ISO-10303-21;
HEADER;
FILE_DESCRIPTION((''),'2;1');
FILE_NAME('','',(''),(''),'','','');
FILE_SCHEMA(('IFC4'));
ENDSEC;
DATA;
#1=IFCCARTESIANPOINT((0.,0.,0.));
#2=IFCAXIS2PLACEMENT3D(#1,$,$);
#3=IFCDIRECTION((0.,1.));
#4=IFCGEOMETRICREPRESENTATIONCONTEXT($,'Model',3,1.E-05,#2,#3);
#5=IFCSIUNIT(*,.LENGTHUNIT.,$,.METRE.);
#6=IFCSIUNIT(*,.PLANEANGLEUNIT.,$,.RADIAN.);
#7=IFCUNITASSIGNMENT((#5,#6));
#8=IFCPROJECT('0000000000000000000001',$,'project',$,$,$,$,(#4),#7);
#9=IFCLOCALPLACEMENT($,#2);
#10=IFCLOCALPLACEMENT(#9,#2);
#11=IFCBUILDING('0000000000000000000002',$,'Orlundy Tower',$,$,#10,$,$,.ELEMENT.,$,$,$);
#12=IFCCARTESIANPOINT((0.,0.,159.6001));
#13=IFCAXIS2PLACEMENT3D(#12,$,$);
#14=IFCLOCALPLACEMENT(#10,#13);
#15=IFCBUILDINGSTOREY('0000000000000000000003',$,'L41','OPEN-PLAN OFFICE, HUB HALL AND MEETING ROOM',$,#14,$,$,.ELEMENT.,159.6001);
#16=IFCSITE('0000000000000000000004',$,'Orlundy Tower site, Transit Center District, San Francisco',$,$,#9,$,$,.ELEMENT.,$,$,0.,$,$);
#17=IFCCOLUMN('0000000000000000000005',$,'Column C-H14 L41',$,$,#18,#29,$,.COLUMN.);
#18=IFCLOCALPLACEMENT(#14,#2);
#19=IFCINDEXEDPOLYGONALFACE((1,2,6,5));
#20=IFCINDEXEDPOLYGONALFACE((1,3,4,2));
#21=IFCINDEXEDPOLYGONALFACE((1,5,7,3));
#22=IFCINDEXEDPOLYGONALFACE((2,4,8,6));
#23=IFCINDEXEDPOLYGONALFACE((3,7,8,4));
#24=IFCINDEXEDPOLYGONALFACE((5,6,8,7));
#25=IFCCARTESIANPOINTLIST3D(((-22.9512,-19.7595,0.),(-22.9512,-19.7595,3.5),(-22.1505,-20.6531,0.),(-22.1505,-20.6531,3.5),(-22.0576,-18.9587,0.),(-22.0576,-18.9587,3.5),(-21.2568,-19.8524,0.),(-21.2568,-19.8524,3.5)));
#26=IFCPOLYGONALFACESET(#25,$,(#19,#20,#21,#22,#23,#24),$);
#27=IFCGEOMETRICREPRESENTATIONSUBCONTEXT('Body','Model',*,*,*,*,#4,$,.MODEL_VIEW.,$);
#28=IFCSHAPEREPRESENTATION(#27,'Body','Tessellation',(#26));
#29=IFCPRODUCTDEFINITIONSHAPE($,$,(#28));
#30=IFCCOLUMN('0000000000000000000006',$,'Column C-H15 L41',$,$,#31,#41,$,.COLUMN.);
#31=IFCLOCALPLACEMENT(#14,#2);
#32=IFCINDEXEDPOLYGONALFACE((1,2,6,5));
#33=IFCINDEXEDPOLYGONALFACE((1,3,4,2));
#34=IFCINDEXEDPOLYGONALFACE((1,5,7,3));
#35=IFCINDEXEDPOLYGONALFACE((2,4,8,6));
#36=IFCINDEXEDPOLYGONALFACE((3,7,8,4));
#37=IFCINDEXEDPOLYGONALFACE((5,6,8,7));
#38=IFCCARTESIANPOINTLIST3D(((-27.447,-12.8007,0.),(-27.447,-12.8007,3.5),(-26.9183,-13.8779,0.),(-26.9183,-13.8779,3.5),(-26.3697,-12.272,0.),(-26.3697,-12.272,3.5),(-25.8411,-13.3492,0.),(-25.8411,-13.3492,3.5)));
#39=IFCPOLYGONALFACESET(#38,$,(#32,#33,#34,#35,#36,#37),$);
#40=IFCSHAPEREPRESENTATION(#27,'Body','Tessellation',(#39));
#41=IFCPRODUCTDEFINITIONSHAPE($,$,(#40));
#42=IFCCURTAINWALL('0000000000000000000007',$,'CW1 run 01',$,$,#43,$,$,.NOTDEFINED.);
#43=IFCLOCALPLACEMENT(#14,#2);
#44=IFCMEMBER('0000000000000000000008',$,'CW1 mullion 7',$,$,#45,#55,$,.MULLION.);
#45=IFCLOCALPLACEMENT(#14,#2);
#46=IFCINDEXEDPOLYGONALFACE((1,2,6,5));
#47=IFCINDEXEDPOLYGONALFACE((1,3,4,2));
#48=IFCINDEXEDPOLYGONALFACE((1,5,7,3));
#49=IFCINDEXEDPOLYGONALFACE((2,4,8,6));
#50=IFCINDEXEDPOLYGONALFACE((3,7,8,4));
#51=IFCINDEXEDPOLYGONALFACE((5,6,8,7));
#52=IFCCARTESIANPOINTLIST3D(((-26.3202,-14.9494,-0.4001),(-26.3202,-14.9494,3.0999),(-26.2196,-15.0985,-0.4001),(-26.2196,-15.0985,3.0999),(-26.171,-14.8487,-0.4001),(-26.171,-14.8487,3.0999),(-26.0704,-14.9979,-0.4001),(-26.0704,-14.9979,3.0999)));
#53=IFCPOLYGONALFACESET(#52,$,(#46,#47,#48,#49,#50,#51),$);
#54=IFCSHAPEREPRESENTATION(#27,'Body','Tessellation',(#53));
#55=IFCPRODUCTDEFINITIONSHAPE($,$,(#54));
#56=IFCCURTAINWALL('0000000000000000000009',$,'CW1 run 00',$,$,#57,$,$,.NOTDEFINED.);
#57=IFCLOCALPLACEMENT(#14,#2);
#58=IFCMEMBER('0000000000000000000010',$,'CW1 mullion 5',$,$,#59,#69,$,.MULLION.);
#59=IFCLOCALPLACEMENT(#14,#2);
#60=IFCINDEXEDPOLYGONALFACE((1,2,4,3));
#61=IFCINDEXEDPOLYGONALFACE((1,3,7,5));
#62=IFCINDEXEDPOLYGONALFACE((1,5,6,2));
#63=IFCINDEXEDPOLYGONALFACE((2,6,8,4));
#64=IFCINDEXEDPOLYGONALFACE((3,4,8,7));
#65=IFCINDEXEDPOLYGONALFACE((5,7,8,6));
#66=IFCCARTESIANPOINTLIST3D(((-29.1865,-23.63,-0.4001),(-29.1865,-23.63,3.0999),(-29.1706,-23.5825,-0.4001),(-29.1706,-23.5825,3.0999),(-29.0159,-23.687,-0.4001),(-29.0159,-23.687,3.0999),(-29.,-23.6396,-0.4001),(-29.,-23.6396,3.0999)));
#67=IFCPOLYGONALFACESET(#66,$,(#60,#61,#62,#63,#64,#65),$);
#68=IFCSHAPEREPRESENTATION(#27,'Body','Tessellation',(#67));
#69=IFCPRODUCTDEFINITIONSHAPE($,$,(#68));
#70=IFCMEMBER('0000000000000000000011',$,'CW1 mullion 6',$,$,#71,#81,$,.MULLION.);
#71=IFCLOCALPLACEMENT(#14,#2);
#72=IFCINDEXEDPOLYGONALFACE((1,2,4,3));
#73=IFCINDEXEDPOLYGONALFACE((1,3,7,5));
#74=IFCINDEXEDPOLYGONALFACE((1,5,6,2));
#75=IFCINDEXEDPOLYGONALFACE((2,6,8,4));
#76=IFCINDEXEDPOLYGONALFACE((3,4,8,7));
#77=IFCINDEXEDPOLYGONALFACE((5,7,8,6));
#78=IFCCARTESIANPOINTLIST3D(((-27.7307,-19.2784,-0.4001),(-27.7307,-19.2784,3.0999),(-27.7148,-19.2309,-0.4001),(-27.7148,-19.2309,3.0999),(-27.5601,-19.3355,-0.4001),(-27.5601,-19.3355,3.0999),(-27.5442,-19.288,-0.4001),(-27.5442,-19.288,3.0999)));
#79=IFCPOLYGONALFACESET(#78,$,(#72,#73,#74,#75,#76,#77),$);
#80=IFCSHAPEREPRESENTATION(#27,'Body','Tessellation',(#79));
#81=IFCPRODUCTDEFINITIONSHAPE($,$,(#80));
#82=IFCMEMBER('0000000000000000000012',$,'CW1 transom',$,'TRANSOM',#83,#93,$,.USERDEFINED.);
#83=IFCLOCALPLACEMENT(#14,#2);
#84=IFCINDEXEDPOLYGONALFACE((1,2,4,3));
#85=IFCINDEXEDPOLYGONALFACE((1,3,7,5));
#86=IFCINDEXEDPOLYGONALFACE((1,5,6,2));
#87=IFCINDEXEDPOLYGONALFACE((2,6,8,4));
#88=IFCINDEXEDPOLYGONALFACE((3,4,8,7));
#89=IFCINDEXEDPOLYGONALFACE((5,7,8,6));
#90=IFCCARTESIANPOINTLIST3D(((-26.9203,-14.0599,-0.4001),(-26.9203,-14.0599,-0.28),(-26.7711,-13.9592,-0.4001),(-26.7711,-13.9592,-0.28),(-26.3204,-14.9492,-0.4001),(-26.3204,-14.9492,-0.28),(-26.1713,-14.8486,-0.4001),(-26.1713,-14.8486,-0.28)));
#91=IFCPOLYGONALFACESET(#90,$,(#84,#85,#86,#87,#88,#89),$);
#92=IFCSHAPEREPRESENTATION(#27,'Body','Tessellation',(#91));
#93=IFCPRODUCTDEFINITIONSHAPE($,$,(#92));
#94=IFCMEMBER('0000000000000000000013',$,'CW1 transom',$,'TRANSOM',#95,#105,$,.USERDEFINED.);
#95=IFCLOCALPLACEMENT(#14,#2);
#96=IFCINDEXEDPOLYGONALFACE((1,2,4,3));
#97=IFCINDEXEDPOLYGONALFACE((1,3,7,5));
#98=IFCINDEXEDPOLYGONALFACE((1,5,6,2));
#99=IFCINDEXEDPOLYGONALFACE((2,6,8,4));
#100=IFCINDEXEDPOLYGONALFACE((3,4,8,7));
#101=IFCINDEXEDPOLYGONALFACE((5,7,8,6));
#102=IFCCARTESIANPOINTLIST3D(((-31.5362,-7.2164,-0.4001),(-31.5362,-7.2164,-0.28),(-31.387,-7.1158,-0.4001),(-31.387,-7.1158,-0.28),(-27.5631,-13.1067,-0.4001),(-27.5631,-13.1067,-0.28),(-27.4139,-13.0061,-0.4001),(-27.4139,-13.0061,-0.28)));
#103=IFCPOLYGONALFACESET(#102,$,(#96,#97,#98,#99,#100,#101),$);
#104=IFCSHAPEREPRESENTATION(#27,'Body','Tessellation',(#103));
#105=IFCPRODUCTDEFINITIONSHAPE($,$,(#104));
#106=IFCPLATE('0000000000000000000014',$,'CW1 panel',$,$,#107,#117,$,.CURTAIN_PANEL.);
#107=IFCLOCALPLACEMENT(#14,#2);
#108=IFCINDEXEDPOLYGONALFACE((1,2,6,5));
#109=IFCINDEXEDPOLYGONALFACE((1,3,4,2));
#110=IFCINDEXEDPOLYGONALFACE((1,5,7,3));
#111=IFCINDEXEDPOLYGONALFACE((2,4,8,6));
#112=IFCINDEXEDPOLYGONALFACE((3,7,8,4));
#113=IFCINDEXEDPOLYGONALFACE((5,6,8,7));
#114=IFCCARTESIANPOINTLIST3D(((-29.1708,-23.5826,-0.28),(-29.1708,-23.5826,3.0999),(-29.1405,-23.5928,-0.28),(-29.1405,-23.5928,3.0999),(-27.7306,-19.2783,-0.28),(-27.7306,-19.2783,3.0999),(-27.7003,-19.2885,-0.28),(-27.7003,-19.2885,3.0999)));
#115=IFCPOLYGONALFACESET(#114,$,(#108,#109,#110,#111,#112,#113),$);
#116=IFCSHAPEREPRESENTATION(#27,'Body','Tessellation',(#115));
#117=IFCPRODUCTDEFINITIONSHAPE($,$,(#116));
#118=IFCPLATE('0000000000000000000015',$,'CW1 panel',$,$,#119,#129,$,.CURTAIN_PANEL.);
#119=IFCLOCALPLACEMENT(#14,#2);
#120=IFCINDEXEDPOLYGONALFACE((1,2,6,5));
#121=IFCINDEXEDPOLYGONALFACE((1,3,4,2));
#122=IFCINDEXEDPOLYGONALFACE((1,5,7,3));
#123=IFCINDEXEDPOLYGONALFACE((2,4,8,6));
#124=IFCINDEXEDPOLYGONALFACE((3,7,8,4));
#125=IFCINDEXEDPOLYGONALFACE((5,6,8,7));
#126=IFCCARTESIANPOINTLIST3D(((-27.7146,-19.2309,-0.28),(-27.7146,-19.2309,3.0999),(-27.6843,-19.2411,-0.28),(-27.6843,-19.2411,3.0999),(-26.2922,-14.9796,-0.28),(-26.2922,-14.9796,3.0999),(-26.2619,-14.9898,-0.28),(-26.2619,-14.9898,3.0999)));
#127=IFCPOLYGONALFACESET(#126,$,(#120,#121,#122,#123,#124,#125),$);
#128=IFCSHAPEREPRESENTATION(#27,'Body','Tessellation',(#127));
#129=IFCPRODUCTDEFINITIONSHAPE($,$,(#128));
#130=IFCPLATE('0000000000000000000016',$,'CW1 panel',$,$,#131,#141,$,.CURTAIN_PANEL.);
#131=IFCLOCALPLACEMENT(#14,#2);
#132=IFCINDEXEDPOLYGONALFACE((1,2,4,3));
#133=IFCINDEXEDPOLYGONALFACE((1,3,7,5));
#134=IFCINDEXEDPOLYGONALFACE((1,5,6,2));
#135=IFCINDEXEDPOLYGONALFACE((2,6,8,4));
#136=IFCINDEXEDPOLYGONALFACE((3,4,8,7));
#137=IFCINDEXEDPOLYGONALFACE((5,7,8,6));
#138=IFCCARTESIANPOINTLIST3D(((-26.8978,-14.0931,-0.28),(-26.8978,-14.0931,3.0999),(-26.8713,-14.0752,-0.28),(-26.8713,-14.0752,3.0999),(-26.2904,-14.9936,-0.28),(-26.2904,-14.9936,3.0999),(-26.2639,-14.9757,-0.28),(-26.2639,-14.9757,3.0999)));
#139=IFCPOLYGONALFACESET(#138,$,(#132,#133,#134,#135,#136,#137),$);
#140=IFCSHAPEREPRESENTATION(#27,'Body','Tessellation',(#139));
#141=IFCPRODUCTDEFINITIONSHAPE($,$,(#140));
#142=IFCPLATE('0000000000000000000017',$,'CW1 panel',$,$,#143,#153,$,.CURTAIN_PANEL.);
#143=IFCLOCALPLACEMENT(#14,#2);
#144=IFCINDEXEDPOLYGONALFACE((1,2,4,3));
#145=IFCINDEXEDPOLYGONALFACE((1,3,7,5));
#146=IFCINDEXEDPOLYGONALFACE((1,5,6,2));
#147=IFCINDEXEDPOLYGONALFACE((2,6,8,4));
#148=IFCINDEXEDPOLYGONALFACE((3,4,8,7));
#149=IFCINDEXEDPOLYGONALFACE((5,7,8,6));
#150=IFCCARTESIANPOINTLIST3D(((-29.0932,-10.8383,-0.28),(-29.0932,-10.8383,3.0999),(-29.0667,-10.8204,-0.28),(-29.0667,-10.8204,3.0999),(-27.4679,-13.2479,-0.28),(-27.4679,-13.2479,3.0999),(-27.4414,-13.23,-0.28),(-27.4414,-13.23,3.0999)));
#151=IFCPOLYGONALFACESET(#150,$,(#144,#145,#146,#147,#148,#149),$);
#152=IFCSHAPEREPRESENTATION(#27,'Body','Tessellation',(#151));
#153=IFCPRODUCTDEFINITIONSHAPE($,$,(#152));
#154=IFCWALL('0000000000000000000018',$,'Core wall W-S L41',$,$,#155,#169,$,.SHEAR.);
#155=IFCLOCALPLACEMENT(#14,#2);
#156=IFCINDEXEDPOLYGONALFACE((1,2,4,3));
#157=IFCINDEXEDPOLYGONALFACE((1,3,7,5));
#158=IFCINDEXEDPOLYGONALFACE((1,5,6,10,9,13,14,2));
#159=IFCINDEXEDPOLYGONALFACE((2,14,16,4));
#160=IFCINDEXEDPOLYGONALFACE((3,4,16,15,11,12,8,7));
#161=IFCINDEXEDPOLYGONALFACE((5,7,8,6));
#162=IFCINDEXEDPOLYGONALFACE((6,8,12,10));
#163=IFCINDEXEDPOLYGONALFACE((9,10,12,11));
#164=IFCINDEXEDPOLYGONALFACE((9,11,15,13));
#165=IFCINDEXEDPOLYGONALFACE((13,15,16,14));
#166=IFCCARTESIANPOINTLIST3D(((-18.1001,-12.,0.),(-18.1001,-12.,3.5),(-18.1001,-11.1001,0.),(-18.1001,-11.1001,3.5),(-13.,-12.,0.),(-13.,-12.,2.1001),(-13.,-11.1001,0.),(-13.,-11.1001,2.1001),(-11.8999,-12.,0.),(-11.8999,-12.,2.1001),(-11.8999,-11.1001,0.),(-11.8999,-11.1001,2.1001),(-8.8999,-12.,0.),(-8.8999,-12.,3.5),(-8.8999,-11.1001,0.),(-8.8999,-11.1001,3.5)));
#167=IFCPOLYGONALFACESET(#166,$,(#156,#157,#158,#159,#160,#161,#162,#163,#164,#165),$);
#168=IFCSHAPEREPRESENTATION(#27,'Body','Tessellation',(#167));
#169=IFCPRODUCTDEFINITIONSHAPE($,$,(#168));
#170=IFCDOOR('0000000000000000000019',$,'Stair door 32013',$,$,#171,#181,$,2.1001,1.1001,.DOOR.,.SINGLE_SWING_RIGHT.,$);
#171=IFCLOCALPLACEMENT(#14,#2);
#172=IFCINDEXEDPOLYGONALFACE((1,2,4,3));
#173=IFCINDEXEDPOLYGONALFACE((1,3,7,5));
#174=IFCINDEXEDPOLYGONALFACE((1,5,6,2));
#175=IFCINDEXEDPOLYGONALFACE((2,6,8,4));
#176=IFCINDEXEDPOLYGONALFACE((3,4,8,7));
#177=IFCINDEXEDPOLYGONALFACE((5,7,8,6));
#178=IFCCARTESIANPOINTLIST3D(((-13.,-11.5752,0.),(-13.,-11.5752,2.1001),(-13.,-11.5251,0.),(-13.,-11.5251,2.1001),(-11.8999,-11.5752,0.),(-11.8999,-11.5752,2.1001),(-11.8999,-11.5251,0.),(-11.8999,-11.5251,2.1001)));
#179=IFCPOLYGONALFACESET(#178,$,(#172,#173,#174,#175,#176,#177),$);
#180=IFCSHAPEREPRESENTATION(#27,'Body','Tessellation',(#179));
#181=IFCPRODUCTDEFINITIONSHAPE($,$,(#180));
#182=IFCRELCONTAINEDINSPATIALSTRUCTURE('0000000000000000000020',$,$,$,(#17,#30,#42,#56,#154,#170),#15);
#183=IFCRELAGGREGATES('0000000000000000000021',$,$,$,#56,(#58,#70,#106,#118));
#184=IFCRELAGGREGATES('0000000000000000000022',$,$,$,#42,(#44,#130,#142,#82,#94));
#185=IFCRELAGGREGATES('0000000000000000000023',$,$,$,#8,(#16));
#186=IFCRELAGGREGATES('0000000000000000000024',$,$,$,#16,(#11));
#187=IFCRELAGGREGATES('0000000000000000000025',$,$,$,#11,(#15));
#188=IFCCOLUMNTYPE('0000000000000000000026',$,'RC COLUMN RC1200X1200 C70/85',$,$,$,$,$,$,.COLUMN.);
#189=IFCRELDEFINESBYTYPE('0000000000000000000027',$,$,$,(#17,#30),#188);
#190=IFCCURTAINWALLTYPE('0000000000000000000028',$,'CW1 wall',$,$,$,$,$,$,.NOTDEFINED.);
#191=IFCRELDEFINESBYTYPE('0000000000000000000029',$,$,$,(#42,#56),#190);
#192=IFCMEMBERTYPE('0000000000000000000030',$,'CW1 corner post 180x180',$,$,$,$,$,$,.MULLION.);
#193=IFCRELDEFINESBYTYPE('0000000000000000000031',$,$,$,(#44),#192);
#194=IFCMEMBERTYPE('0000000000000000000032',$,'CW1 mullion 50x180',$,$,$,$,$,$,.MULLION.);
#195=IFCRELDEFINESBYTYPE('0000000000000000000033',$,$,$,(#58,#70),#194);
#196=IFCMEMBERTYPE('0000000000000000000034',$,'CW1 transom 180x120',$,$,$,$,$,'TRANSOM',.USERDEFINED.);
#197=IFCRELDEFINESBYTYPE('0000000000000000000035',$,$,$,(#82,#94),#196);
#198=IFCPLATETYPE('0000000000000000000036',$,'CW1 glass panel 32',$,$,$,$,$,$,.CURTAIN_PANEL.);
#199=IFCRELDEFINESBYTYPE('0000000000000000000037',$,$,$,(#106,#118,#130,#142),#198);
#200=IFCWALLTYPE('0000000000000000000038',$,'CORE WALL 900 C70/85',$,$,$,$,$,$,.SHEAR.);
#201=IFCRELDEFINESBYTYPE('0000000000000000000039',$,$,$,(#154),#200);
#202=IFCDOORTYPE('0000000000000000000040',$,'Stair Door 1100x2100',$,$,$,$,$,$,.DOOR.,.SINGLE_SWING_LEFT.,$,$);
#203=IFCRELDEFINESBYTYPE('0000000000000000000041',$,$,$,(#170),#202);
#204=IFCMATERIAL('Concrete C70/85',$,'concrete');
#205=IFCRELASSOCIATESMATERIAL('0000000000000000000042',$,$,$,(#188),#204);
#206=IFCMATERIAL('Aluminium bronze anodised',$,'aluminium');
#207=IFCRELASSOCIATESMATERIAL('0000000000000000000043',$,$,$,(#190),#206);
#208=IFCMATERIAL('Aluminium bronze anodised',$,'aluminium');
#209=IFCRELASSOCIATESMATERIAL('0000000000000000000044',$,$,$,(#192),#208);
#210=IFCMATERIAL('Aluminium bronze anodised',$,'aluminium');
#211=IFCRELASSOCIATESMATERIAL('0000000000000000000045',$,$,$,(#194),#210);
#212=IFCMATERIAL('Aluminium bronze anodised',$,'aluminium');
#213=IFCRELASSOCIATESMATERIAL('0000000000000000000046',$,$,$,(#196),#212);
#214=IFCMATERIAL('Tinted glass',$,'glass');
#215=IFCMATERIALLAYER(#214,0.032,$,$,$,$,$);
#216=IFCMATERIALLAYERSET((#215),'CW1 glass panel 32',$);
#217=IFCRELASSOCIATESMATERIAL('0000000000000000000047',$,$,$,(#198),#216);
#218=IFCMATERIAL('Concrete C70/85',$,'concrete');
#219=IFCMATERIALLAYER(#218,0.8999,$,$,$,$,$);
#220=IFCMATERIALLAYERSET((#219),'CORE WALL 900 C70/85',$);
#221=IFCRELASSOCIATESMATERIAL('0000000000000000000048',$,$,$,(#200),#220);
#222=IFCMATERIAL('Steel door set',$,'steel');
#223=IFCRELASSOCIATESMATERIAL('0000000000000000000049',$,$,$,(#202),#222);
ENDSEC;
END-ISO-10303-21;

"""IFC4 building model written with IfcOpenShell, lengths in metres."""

from ifc_helpers import new_model, si_unit, direction, frame, frame_2d, origin, origin_2d, place, context, subcontext, project, spatial, rectangle, extrude, material, layer, layer_set, material_profile, profile_set, type_object, element, fill, aggregate, save


model = new_model("IFC4")

# Units and contexts
model_context = context("Model", 3, precision=1e-05, world=origin(), true_north=direction((0.0, 1.0)))
body_context = subcontext(model_context, "Body", "Model", "MODEL_VIEW")
ifc_project = project(units=[si_unit("LENGTHUNIT", "METRE"), si_unit("PLANEANGLEUNIT", "RADIAN")], contexts=[model_context])

# Site, building, storey
site_placement = place(None, origin())
site = spatial("IfcSite", under=ifc_project, at=site_placement, Name="Orlundy Tower site, Transit Center District, San Francisco", CompositionType="ELEMENT", RefElevation=0.0)
building_placement = place(site_placement, origin())
building = spatial("IfcBuilding", under=site, at=building_placement, Name="Orlundy Tower", CompositionType="ELEMENT")
storey_placement = place(building_placement, frame((0.0, 0.0, 159.6001)))
storey = spatial("IfcBuildingStorey", under=building, at=storey_placement, Name="L41", Description="OPEN-PLAN OFFICE, HUB HALL AND MEETING ROOM", CompositionType="ELEMENT", Elevation=159.6001)

# Columns
ifc_material_1 = material(Name="Concrete C70/85", Category="concrete")
ifc_material_profile_1 = material_profile(ifc_material_1, rectangle(XDim=1.2, YDim=1.2, at=origin_2d()), Name="RC1200X1200")
ifc_profile_set_1 = profile_set([ifc_material_profile_1], Name="Concrete C70/85")
column_type = type_object("IfcColumnType", Name="RC COLUMN RC1200X1200 C70/85", PredefinedType="COLUMN", material=ifc_profile_set_1)
for number, where, z_axis, x_axis, name in (
    (1, (-22.104, -19.8059, 0.0), (0.0, 0.0, 1.0), (-0.744754, -0.667339, 0.0), "Column C-H14 L41"),
    (2, (-26.644, -13.075, 0.0), (0.0, 0.0, 1.0), (-0.897728, -0.44055, 0.0), "Column C-H15 L41"),
):
    element("IfcColumn", number, at=place(storey_placement, frame(where, z_axis=z_axis, x_axis=x_axis)), inside=storey, type_object=column_type, Name=name, PredefinedType="COLUMN", context=body_context, shape_type="SweptSolid", body=[
        extrude(rectangle(XDim=1.2, YDim=1.2, at=origin_2d()), origin(), (0.0, 0.0, 1.0), 3.5),
    ])

# Curtain wall, member
ifc_material_2 = material(Name="Aluminium bronze anodised", Category="aluminium")
curtain_wall_type = type_object("IfcCurtainWallType", Name="CW1 wall", PredefinedType="NOTDEFINED", material=ifc_material_2)
curtain_wall_1_placement = place(storey_placement, origin())
curtain_wall_1 = element("IfcCurtainWall", 3, at=curtain_wall_1_placement, inside=storey, type_object=curtain_wall_type, Name="CW1 run 01", PredefinedType="NOTDEFINED")
ifc_material_3 = material(Name="Aluminium bronze anodised", Category="aluminium")
ifc_material_profile_2 = material_profile(ifc_material_3, rectangle(XDim=0.1799, YDim=0.1799, at=origin_2d()), Name="CW1 corner post 180x180")
ifc_profile_set_2 = profile_set([ifc_material_profile_2], Name="Aluminium bronze anodised")
member_type_1 = type_object("IfcMemberType", Name="CW1 corner post 180x180", PredefinedType="MULLION", material=ifc_profile_set_2)
member_1_placement = place(storey_placement, frame((-26.1953, -14.9736, -0.4001), z_axis=(0.0, 0.0, 1.0), x_axis=(-0.829032, -0.559201, 0.0)))
member_1 = element("IfcMember", 4, at=member_1_placement, type_object=member_type_1, Name="CW1 mullion 7", PredefinedType="MULLION", context=body_context, shape_type="SweptSolid", body=[
    extrude(rectangle(XDim=0.1799, YDim=0.1799, at=origin_2d()), origin(), (0.0, 0.0, 1.0), 3.5),
])

# Curtain wall, members
curtain_wall_2_placement = place(storey_placement, origin())
curtain_wall_2 = element("IfcCurtainWall", 5, at=curtain_wall_2_placement, inside=storey, type_object=curtain_wall_type, Name="CW1 run 00", PredefinedType="NOTDEFINED")
ifc_material_4 = material(Name="Aluminium bronze anodised", Category="aluminium")
ifc_material_profile_3 = material_profile(ifc_material_4, rectangle(XDim=0.1799, YDim=0.05, at=origin_2d()), Name="CW1 mullion 50x180")
ifc_profile_set_3 = profile_set([ifc_material_profile_3], Name="Aluminium bronze anodised")
member_type_2 = type_object("IfcMemberType", Name="CW1 mullion 50x180", PredefinedType="MULLION", material=ifc_profile_set_3)
member_2_placement = place(storey_placement, frame((-29.0933, -23.6348, -0.4001), z_axis=(0.0, 0.0, 1.0), x_axis=(-0.948327, 0.317295, 0.0)))
member_2 = element("IfcMember", 6, at=member_2_placement, type_object=member_type_2, Name="CW1 mullion 5", PredefinedType="MULLION", context=body_context, shape_type="SweptSolid", body=[
    extrude(rectangle(XDim=0.1799, YDim=0.05, at=origin_2d()), origin(), (0.0, 0.0, 1.0), 3.5),
])
member_3_placement = place(storey_placement, frame((-27.6375, -19.2832, -0.4001), z_axis=(0.0, 0.0, 1.0), x_axis=(-0.948327, 0.317295, 0.0)))
member_3 = element("IfcMember", 7, at=member_3_placement, type_object=member_type_2, Name="CW1 mullion 6", PredefinedType="MULLION", context=body_context, shape_type="SweptSolid", body=[
    extrude(rectangle(XDim=0.1799, YDim=0.05, at=origin_2d()), origin(), (0.0, 0.0, 1.0), 3.5),
])

# Members
ifc_material_5 = material(Name="Aluminium bronze anodised", Category="aluminium")
ifc_material_profile_4 = material_profile(ifc_material_5, rectangle(XDim=0.1799, YDim=0.1201, at=origin_2d()), Name="CW1 transom 180x120")
ifc_profile_set_4 = profile_set([ifc_material_profile_4], Name="Aluminium bronze anodised")
member_type_3 = type_object("IfcMemberType", Name="CW1 transom 180x120", ElementType="TRANSOM", PredefinedType="USERDEFINED", material=ifc_profile_set_4)
member_4_placement = place(storey_placement, frame((-26.2458, -14.8989, -0.3401), z_axis=(-0.559156, 0.829062, 0.0), x_axis=(-0.829062, -0.559156, 0.0)))
member_4 = element("IfcMember", 8, at=member_4_placement, type_object=member_type_3, Name="CW1 transom", ObjectType="TRANSOM", PredefinedType="USERDEFINED", context=body_context, shape_type="SweptSolid", body=[
    extrude(rectangle(XDim=0.1799, YDim=0.1201, at=origin_2d()), origin(), (0.0, 0.0, 1.0), 1.0728),
])
member_5_placement = place(storey_placement, frame((-27.4885, -13.0564, -0.3401), z_axis=(-0.559196, 0.829035, 0.0), x_axis=(-0.829035, -0.559196, 0.0)))
member_5 = element("IfcMember", 9, at=member_5_placement, type_object=member_type_3, Name="CW1 transom", ObjectType="TRANSOM", PredefinedType="USERDEFINED", context=body_context, shape_type="SweptSolid", body=[
    extrude(rectangle(XDim=0.1799, YDim=0.1201, at=origin_2d()), origin(), (0.0, 0.0, 1.0), 7.105),
])

# Plates
ifc_material_6 = material(Name="Tinted glass", Category="glass")
ifc_layer_1 = layer(ifc_material_6, 0.032)
ifc_layer_set_1 = layer_set([ifc_layer_1], Name="CW1 glass panel 32")
plate_type = type_object("IfcPlateType", Name="CW1 glass panel 32", PredefinedType="CURTAIN_PANEL", material=ifc_layer_set_1)
plate_1_placement = place(storey_placement, frame((-28.4355, -21.4355, -0.28), z_axis=(0.0, 0.0, 1.0), x_axis=(0.317295, 0.948327, 0.0)))
plate_1 = element("IfcPlate", 10, at=plate_1_placement, type_object=plate_type, Name="CW1 panel", PredefinedType="CURTAIN_PANEL", context=body_context, shape_type="SweptSolid", body=[
    extrude(rectangle(XDim=4.5388, YDim=0.032, at=origin_2d()), origin(), (0.0, 0.0, 1.0), 3.3799),
])
plate_2_placement = place(storey_placement, frame((-26.9883, -17.1104, -0.28), z_axis=(0.0, 0.0, 1.0), x_axis=(0.317295, 0.948327, 0.0)))
plate_2 = element("IfcPlate", 11, at=plate_2_placement, type_object=plate_type, Name="CW1 panel", PredefinedType="CURTAIN_PANEL", context=body_context, shape_type="SweptSolid", body=[
    extrude(rectangle(XDim=4.4829, YDim=0.032, at=origin_2d()), origin(), (0.0, 0.0, 1.0), 3.3799),
])
aggregate(curtain_wall_2, [member_2, member_3, plate_1, plate_2])
plate_3_placement = place(storey_placement, frame((-26.5808, -14.5344, -0.28), z_axis=(0.0, 0.0, 1.0), x_axis=(-0.559201, 0.829032, 0.0)))
plate_3 = element("IfcPlate", 12, at=plate_3_placement, type_object=plate_type, Name="CW1 panel", PredefinedType="CURTAIN_PANEL", context=body_context, shape_type="SweptSolid", body=[
    extrude(rectangle(XDim=1.0862, YDim=0.032, at=origin_2d()), origin(), (0.0, 0.0, 1.0), 3.3799),
])
plate_4_placement = place(storey_placement, frame((-28.2673, -12.0342, -0.28), z_axis=(0.0, 0.0, 1.0), x_axis=(-0.559201, 0.829032, 0.0)))
plate_4 = element("IfcPlate", 13, at=plate_4_placement, type_object=plate_type, Name="CW1 panel", PredefinedType="CURTAIN_PANEL", context=body_context, shape_type="SweptSolid", body=[
    extrude(rectangle(XDim=2.9065, YDim=0.032, at=origin_2d()), origin(), (0.0, 0.0, 1.0), 3.3799),
])
aggregate(curtain_wall_1, [member_1, plate_3, plate_4, member_4, member_5])

# Wall, opening, door
ifc_material_7 = material(Name="Concrete C70/85", Category="concrete")
ifc_layer_2 = layer(ifc_material_7, 0.8999)
ifc_layer_set_2 = layer_set([ifc_layer_2], Name="CORE WALL 900 C70/85")
wall_type_1 = type_object("IfcWallType", Name="CORE WALL 900 C70/85", PredefinedType="SHEAR", material=ifc_layer_set_2)
wall_1_placement = place(storey_placement, frame((-18.1001, -11.55, 0.0), z_axis=(0.0, 0.0, 1.0), x_axis=(1.0, 0.0, 0.0)))
wall_1 = element("IfcWall", 14, at=wall_1_placement, inside=storey, type_object=wall_type_1, Name="Core wall W-S L41", PredefinedType="SHEAR", context=body_context, shape_type="SweptSolid", body=[
    extrude(rectangle(XDim=9.2002, YDim=0.8999, at=frame_2d((4.6001, 0.0))), origin(), (0.0, 0.0, 1.0), 3.5),
])
opening_1_placement = place(wall_1_placement, frame((5.1001, 0.0, 0.0)))
opening_1 = element("IfcOpeningElement", 15, at=opening_1_placement, cuts=wall_1, PredefinedType="OPENING", context=body_context, shape_type="SweptSolid", body=[
    extrude(rectangle(XDim=1.1001, YDim=2.1001, at=frame_2d((0.55, 1.05))), frame((0.0, 0.46, 0.0), z_axis=(0.0, -1.0, 0.0), x_axis=(1.0, 0.0, 0.0)), (0.0, 0.0, 1.0), 0.9199),
])
ifc_material_8 = material(Name="Steel door set", Category="steel")
door_type_1 = type_object("IfcDoorType", Name="Stair Door 1100x2100", OperationType="SINGLE_SWING_LEFT", PredefinedType="DOOR", material=ifc_material_8)
door_1_placement = place(opening_1_placement, origin())
door_1 = element("IfcDoor", 16, at=door_1_placement, inside=storey, type_object=door_type_1, Name="Stair door 32013", OperationType="SINGLE_SWING_RIGHT", OverallHeight=2.1001, OverallWidth=1.1001, PredefinedType="DOOR", context=body_context, shape_type="SweptSolid", body=[
    extrude(rectangle(XDim=1.1001, YDim=2.1001, at=frame_2d((0.55, 1.05))), frame((0.0, 0.0249, 0.0), z_axis=(0.0, -1.0, 0.0), x_axis=(1.0, 0.0, 0.0)), (0.0, 0.0, 1.0), 0.05),
])
fill(opening_1, door_1)

save(model, "model.ifc")
